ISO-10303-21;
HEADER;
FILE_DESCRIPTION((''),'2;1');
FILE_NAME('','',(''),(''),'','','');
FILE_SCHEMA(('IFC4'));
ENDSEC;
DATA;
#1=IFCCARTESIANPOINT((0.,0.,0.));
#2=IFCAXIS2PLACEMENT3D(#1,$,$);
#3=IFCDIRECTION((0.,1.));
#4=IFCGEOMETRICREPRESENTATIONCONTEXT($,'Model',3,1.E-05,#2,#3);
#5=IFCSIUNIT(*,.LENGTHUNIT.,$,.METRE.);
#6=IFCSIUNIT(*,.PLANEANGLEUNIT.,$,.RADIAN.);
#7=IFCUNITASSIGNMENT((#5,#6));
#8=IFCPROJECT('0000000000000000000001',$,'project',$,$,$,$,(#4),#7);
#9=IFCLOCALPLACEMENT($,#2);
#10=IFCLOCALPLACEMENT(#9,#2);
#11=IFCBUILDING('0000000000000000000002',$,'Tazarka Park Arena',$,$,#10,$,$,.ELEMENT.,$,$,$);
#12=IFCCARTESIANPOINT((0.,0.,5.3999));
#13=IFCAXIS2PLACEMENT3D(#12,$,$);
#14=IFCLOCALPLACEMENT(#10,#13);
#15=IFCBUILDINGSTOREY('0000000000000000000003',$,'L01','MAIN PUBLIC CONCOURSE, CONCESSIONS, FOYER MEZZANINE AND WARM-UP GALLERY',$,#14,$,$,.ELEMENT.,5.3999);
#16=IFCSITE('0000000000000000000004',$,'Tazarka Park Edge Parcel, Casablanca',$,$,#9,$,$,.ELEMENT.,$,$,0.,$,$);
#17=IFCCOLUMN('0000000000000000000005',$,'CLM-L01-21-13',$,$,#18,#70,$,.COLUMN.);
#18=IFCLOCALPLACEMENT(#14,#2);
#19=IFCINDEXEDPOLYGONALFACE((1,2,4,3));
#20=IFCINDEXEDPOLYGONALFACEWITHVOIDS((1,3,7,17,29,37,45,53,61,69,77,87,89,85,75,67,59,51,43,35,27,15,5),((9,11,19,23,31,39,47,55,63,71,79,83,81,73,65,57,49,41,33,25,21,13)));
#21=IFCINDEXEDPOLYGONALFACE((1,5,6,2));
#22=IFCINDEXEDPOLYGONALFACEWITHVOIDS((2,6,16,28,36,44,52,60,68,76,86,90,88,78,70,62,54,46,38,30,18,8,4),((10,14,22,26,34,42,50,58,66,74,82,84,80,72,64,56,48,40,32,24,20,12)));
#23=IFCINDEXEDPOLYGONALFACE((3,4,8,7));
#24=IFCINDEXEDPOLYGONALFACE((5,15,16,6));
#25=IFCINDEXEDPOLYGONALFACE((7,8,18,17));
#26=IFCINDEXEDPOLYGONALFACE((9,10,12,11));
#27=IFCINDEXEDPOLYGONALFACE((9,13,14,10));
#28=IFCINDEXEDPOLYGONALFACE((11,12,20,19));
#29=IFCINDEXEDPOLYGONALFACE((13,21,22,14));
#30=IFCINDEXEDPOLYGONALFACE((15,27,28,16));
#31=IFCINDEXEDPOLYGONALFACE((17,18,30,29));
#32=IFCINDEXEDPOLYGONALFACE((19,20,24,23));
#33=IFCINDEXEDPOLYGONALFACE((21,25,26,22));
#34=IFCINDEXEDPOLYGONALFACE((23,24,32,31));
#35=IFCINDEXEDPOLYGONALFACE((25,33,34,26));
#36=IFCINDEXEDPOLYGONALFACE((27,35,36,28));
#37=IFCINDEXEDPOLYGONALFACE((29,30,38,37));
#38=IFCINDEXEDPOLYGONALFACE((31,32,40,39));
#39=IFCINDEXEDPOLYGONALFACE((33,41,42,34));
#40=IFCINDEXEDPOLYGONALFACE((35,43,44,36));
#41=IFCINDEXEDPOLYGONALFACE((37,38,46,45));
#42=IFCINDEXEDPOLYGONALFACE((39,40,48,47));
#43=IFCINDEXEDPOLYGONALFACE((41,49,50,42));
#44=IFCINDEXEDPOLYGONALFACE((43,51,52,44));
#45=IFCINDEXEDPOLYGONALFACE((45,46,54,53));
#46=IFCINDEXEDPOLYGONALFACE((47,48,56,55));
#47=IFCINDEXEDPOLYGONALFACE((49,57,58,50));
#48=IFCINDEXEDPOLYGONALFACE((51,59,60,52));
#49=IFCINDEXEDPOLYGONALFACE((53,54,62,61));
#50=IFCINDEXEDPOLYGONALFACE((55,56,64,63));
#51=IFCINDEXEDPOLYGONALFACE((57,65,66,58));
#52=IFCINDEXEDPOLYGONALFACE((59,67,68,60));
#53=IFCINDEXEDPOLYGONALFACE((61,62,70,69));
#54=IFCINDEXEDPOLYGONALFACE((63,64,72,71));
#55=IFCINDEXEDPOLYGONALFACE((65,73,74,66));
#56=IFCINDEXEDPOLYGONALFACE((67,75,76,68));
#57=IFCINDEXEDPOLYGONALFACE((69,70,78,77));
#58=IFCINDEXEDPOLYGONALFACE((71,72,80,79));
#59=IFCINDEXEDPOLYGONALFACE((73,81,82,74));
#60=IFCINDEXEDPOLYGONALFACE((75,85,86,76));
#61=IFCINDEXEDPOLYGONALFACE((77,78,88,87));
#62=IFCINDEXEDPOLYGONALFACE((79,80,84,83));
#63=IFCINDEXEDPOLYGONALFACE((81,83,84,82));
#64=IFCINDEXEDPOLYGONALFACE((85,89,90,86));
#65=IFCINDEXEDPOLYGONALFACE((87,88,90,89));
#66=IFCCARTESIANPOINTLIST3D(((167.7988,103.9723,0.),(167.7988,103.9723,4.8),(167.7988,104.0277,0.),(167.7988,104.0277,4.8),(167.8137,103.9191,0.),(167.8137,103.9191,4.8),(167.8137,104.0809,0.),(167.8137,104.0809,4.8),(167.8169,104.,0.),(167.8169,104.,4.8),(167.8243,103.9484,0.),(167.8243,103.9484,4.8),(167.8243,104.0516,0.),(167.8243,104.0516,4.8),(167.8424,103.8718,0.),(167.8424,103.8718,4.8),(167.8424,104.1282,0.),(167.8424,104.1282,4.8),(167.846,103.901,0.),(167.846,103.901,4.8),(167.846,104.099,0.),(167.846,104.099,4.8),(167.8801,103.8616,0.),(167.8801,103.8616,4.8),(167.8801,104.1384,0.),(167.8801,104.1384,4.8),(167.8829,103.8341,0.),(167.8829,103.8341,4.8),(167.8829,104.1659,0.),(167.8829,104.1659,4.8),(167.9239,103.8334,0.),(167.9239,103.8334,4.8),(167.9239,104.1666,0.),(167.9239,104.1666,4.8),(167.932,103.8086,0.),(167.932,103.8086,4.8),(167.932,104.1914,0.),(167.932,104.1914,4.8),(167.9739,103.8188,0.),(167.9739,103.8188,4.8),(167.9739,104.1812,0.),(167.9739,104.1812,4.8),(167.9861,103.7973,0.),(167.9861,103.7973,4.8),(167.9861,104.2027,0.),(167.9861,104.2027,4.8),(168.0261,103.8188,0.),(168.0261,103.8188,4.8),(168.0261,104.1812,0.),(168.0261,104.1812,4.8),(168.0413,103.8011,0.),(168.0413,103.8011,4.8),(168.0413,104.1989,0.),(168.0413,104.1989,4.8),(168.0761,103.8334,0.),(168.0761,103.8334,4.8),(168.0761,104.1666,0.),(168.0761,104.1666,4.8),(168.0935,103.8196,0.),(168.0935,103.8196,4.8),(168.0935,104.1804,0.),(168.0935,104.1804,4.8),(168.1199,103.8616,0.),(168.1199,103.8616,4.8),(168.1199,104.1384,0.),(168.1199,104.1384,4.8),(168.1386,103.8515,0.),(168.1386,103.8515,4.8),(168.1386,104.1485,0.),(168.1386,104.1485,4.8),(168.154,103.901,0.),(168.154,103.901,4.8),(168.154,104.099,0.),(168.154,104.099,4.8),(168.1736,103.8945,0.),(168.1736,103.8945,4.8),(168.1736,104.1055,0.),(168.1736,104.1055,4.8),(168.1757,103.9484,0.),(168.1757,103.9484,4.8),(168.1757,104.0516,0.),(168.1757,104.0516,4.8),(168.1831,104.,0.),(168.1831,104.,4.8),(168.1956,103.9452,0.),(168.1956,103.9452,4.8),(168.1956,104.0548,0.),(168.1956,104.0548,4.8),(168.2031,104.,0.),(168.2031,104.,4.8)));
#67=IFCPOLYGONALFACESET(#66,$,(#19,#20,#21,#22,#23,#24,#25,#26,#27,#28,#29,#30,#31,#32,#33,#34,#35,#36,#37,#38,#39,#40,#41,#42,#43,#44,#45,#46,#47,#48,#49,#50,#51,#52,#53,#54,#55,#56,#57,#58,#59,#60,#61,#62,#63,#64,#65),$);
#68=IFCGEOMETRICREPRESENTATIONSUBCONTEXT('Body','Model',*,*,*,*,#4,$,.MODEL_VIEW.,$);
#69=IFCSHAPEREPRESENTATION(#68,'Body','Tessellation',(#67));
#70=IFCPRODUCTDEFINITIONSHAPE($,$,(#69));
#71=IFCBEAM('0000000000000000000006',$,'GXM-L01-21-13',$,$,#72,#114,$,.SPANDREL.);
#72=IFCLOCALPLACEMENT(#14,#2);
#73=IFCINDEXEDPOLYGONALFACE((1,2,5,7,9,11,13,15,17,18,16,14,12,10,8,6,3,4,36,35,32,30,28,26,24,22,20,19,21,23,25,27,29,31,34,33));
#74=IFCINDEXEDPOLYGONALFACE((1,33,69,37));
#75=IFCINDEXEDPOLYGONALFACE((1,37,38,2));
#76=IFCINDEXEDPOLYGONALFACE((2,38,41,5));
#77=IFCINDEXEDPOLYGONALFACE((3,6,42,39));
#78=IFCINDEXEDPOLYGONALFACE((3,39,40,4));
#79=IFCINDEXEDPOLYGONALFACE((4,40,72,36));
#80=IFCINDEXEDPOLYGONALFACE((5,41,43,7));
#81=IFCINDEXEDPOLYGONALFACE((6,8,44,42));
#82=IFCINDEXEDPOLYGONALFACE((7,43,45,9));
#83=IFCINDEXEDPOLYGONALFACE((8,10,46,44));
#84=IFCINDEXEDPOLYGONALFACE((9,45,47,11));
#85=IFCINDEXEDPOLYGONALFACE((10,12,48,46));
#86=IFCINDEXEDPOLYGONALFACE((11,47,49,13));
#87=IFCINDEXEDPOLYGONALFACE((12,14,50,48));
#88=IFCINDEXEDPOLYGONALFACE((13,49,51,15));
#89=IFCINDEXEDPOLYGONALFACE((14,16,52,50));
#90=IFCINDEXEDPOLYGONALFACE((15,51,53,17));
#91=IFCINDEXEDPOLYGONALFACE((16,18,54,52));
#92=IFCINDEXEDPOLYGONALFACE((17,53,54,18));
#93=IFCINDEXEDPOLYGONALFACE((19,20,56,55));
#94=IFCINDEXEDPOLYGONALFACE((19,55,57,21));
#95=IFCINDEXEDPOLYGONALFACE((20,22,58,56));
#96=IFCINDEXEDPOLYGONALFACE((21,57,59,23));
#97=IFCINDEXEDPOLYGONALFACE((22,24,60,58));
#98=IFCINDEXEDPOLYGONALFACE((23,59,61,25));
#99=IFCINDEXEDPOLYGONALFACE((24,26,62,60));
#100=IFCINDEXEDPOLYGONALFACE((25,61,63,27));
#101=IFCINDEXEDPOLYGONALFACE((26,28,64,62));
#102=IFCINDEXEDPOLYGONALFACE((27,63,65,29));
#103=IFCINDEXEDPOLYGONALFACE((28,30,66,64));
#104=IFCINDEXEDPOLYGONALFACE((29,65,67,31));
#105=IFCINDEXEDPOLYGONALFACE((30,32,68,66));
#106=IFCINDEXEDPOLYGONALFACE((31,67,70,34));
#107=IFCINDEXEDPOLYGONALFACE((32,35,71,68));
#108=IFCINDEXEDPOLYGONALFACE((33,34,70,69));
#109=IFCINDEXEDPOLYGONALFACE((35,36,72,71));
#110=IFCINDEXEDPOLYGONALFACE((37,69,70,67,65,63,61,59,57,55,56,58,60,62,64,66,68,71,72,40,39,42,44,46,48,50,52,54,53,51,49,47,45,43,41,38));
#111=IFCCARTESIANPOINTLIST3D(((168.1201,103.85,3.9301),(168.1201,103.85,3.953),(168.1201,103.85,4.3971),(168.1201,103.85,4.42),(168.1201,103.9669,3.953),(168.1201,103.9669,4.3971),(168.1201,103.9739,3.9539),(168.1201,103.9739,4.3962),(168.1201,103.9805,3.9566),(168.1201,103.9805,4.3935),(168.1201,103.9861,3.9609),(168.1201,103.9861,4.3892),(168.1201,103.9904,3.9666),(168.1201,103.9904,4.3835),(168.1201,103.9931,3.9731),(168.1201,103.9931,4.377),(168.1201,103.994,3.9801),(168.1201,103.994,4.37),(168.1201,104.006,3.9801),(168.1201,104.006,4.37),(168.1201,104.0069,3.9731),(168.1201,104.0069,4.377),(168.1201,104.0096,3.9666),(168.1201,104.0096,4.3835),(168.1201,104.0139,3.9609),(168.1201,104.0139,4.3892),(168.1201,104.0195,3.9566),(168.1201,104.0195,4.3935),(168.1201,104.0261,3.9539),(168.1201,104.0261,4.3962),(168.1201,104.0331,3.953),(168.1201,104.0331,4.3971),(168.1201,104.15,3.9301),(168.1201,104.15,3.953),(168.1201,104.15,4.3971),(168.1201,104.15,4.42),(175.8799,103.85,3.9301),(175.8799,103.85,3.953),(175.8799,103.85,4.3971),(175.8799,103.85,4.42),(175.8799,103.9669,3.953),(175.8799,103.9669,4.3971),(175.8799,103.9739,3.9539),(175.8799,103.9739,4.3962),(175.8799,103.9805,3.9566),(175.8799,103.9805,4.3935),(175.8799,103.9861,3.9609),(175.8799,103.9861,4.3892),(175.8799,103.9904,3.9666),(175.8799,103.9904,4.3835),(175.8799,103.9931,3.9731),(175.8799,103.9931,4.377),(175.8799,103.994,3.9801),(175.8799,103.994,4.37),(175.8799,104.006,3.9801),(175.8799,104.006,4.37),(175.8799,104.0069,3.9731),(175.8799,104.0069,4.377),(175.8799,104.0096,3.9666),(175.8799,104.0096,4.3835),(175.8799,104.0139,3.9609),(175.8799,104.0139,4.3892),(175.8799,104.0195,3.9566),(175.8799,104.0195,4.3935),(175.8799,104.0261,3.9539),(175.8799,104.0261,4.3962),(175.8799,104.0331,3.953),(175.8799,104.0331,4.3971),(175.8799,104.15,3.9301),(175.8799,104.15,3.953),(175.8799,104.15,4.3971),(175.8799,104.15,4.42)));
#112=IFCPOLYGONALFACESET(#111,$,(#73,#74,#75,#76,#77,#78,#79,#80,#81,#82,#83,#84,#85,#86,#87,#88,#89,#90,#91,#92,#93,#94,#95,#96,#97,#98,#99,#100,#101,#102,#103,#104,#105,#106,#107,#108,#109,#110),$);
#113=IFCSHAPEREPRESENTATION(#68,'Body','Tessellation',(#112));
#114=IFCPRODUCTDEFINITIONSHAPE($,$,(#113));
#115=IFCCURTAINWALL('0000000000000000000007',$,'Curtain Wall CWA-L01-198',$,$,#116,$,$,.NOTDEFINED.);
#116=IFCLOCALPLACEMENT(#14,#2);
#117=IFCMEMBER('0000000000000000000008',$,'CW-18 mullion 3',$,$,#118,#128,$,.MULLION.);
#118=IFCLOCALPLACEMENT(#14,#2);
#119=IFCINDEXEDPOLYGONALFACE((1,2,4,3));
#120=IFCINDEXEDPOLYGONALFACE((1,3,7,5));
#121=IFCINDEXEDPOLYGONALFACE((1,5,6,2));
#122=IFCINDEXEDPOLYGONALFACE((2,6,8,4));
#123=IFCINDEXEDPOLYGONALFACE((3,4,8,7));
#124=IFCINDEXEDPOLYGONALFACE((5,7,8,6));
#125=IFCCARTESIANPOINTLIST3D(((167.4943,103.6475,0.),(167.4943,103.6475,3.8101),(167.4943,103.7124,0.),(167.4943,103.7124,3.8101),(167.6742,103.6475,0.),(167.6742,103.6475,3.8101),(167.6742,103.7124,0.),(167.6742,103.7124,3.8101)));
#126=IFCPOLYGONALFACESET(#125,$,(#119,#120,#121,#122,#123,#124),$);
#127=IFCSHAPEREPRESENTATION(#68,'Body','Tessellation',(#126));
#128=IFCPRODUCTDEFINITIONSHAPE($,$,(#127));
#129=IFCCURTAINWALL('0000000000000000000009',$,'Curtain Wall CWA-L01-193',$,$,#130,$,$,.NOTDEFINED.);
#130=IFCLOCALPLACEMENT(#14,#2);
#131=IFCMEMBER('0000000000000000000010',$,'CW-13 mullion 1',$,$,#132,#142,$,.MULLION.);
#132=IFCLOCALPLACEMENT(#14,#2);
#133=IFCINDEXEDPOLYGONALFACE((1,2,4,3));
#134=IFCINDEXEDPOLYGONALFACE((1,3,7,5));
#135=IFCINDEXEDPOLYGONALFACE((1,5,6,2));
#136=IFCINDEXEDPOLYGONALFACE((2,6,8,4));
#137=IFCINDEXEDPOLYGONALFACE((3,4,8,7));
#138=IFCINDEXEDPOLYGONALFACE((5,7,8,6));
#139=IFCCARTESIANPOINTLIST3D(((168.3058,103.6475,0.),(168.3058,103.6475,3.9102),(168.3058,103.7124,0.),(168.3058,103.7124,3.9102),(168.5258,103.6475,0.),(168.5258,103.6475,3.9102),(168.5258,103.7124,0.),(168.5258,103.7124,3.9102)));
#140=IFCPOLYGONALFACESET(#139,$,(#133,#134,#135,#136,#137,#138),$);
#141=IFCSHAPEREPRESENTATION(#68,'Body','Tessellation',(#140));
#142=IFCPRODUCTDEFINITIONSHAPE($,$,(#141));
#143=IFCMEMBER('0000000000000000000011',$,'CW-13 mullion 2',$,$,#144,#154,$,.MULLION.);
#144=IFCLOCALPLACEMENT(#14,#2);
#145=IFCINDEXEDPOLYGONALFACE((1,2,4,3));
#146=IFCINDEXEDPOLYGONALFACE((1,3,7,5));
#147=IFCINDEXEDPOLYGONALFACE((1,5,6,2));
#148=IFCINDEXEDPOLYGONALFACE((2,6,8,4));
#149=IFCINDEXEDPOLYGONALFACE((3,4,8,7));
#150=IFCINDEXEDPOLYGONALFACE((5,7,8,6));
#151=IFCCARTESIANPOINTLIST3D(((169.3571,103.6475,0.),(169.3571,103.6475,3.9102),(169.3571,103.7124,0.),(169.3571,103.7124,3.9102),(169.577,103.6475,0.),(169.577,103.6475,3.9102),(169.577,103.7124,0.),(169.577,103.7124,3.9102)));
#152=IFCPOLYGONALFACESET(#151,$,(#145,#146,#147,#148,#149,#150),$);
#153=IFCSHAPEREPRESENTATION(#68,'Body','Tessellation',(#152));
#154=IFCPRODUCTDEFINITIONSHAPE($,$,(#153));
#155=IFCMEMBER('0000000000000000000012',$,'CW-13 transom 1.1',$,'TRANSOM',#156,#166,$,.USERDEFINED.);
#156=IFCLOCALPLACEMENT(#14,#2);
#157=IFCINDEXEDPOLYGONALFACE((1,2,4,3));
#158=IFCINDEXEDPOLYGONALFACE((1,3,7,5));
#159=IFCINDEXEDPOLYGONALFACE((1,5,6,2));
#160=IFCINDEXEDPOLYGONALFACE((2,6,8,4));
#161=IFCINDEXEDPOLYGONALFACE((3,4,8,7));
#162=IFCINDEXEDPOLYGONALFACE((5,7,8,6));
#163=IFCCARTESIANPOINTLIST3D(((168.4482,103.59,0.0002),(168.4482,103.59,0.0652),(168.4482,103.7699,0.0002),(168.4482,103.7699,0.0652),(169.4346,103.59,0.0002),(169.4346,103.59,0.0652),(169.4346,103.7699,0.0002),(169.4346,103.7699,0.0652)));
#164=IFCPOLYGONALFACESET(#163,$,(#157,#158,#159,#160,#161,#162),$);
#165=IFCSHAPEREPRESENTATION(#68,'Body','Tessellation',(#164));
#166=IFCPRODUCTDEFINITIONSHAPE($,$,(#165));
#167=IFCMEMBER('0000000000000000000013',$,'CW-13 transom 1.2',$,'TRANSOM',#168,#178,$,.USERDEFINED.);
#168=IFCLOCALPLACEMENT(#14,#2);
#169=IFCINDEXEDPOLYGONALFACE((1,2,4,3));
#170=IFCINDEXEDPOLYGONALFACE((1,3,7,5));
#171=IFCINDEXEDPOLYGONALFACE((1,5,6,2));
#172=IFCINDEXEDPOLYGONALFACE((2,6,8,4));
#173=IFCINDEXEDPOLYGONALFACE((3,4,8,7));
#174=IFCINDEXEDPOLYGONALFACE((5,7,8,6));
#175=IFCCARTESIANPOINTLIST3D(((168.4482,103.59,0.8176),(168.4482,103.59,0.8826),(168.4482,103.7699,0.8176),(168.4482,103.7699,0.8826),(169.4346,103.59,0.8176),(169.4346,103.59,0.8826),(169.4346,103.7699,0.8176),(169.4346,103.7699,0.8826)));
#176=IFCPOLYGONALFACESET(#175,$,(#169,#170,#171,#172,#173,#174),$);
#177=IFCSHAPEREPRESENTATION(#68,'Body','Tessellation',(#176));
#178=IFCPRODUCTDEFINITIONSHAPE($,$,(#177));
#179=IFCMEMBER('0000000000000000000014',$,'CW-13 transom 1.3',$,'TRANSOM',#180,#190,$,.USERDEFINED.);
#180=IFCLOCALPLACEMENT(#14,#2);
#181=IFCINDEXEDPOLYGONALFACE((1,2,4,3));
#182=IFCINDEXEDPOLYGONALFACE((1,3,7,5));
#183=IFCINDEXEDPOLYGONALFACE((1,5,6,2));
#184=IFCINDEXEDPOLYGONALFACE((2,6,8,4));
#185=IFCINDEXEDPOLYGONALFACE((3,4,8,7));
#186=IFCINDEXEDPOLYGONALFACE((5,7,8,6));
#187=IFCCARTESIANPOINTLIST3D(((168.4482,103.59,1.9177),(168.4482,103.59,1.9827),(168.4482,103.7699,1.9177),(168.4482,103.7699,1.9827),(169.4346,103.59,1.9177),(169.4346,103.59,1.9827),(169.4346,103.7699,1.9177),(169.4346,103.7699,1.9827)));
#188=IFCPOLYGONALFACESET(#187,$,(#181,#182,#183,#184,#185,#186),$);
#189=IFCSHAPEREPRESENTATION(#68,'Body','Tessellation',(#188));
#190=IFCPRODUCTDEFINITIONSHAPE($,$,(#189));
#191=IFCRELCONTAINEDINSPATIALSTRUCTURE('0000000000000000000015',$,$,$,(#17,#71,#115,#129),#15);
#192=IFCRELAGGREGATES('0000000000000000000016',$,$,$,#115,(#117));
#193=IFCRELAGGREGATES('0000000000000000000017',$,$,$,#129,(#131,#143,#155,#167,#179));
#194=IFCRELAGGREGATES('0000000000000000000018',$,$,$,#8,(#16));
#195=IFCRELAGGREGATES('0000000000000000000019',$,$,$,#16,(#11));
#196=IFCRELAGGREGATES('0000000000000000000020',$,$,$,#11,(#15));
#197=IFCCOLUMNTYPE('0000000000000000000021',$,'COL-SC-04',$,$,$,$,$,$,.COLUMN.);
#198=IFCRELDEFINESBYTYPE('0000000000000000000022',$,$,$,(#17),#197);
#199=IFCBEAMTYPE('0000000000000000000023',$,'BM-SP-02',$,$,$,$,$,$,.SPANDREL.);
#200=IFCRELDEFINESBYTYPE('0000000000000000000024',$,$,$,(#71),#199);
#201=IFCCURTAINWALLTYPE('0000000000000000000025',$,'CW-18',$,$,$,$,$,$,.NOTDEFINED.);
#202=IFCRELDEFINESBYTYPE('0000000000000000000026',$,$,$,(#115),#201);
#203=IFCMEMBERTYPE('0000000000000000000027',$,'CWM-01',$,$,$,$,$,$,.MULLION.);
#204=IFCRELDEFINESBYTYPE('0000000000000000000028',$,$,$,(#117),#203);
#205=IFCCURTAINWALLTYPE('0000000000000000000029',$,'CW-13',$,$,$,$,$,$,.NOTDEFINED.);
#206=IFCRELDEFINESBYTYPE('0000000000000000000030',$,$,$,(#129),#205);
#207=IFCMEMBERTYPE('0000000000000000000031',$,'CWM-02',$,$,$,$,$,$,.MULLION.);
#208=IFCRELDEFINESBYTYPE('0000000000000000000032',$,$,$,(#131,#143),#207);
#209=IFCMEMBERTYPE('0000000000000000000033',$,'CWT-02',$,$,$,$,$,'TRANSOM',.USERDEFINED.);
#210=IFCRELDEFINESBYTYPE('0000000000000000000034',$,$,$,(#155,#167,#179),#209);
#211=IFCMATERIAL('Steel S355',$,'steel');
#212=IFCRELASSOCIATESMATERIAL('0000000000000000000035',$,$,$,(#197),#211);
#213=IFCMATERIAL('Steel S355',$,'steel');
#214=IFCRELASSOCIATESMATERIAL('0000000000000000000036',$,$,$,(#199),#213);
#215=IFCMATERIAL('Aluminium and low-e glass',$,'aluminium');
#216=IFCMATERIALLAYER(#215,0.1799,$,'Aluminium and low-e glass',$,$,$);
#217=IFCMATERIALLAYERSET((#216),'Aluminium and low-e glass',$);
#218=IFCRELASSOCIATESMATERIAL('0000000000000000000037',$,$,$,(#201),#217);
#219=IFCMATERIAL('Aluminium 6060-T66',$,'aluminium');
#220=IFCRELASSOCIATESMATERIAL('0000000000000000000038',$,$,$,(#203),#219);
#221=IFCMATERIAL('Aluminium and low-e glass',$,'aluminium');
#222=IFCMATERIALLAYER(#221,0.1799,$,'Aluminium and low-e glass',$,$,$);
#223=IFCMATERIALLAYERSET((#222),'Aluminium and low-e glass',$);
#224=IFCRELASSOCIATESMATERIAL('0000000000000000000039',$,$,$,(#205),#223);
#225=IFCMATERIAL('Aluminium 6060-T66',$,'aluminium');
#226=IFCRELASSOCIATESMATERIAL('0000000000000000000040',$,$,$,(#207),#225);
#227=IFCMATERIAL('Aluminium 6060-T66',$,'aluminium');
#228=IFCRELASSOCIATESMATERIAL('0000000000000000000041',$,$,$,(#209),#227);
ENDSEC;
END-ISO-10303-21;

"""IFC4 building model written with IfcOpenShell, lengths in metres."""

from ifc_helpers import new_model, si_unit, direction, frame, origin, origin_2d, place, context, subcontext, project, spatial, rectangle, hollow_circle, i_section, extrude, material, layer, layer_set, material_profile, profile_set, type_object, element, aggregate, save


model = new_model("IFC4")

# Units and contexts
model_context = context("Model", 3, precision=1e-05, world=origin(), true_north=direction((0.0, 1.0)))
body_context = subcontext(model_context, "Body", "Model", "MODEL_VIEW")
ifc_project = project(units=[si_unit("LENGTHUNIT", "METRE"), si_unit("PLANEANGLEUNIT", "RADIAN")], contexts=[model_context])

# Site, building, storey
site_placement = place(None, origin())
site = spatial("IfcSite", under=ifc_project, at=site_placement, Name="Tazarka Park Edge Parcel, Casablanca", CompositionType="ELEMENT", RefElevation=0.0)
building_placement = place(site_placement, origin())
building = spatial("IfcBuilding", under=site, at=building_placement, Name="Tazarka Park Arena", CompositionType="ELEMENT")
storey_placement = place(building_placement, frame((0.0, 0.0, 5.3999)))
storey = spatial("IfcBuildingStorey", under=building, at=storey_placement, Name="L01", Description="MAIN PUBLIC CONCOURSE, CONCESSIONS, FOYER MEZZANINE AND WARM-UP GALLERY", CompositionType="ELEMENT", Elevation=5.3999)

# Column
ifc_material_1 = material(Name="Steel S355", Category="steel")
ifc_material_profile_1 = material_profile(ifc_material_1, hollow_circle(Radius=0.2031, WallThickness=0.02, at=origin_2d()), Name="Steel S355")
ifc_profile_set_1 = profile_set([ifc_material_profile_1], Name="Steel S355")
column_type = type_object("IfcColumnType", Name="COL-SC-04", PredefinedType="COLUMN", material=ifc_profile_set_1)
column_placement = place(storey_placement, frame((168.0, 104.0, 0.0), z_axis=(0.0, 0.0, 1.0), x_axis=(1.0, 0.0, 0.0)))
element("IfcColumn", 1, at=column_placement, inside=storey, type_object=column_type, Name="CLM-L01-21-13", PredefinedType="COLUMN", context=body_context, shape_type="SweptSolid", body=[
    extrude(hollow_circle(Radius=0.2031, WallThickness=0.02, at=origin_2d()), origin(), (0.0, 0.0, 1.0), 4.8),
])

# Beam
ifc_material_2 = material(Name="Steel S355", Category="steel")
ifc_material_profile_2 = material_profile(ifc_material_2, i_section(OverallWidth=0.3, OverallDepth=0.49, WebThickness=0.012, FlangeThickness=0.0229, FilletRadius=0.0271, at=origin_2d()), Name="Steel S355")
ifc_profile_set_2 = profile_set([ifc_material_profile_2], Name="Steel S355")
beam_type = type_object("IfcBeamType", Name="BM-SP-02", PredefinedType="SPANDREL", material=ifc_profile_set_2)
beam_placement = place(storey_placement, frame((168.1201, 104.0, 4.175), z_axis=(1.0, 0.0, 0.0), x_axis=(0.0, 1.0, 0.0)))
element("IfcBeam", 2, at=beam_placement, inside=storey, type_object=beam_type, Name="GXM-L01-21-13", PredefinedType="SPANDREL", context=body_context, shape_type="SweptSolid", body=[
    extrude(i_section(OverallWidth=0.3, OverallDepth=0.49, WebThickness=0.012, FlangeThickness=0.0229, FilletRadius=0.0271, at=origin_2d()), origin(), (0.0, 0.0, 1.0), 7.7598),
])

# Curtain wall, member
ifc_material_3 = material(Name="Aluminium and low-e glass", Category="aluminium")
ifc_layer_1 = layer(ifc_material_3, 0.1799, Name="Aluminium and low-e glass")
ifc_layer_set_1 = layer_set([ifc_layer_1], Name="Aluminium and low-e glass")
curtain_wall_type_1 = type_object("IfcCurtainWallType", Name="CW-18", PredefinedType="NOTDEFINED", material=ifc_layer_set_1)
curtain_wall_1_placement = place(storey_placement, origin())
curtain_wall_1 = element("IfcCurtainWall", 3, at=curtain_wall_1_placement, inside=storey, type_object=curtain_wall_type_1, Name="Curtain Wall CWA-L01-198", PredefinedType="NOTDEFINED")
ifc_material_4 = material(Name="Aluminium 6060-T66", Category="aluminium")
ifc_material_profile_3 = material_profile(ifc_material_4, rectangle(XDim=0.0649, YDim=0.1799, at=origin_2d()), Name="Aluminium 6060-T66")
ifc_profile_set_3 = profile_set([ifc_material_profile_3], Name="Aluminium 6060-T66")
member_type_1 = type_object("IfcMemberType", Name="CWM-01", PredefinedType="MULLION", material=ifc_profile_set_3)
member_1_placement = place(storey_placement, frame((167.5842, 103.6799, 0.0), z_axis=(0.0, 0.0, 1.0), x_axis=(0.0, 1.0, 0.0)))
member_1 = element("IfcMember", 4, at=member_1_placement, type_object=member_type_1, Name="CW-18 mullion 3", PredefinedType="MULLION", context=body_context, shape_type="SweptSolid", body=[
    extrude(rectangle(XDim=0.0649, YDim=0.1799, at=origin_2d()), origin(), (0.0, 0.0, 1.0), 3.8101),
])

# Curtain wall, members
ifc_material_5 = material(Name="Aluminium and low-e glass", Category="aluminium")
ifc_layer_2 = layer(ifc_material_5, 0.1799, Name="Aluminium and low-e glass")
ifc_layer_set_2 = layer_set([ifc_layer_2], Name="Aluminium and low-e glass")
curtain_wall_type_2 = type_object("IfcCurtainWallType", Name="CW-13", PredefinedType="NOTDEFINED", material=ifc_layer_set_2)
curtain_wall_2_placement = place(storey_placement, origin())
curtain_wall_2 = element("IfcCurtainWall", 5, at=curtain_wall_2_placement, inside=storey, type_object=curtain_wall_type_2, Name="Curtain Wall CWA-L01-193", PredefinedType="NOTDEFINED")
ifc_material_6 = material(Name="Aluminium 6060-T66", Category="aluminium")
ifc_material_profile_4 = material_profile(ifc_material_6, rectangle(XDim=0.0649, YDim=0.22, at=origin_2d()), Name="Aluminium 6060-T66")
ifc_profile_set_4 = profile_set([ifc_material_profile_4], Name="Aluminium 6060-T66")
member_type_2 = type_object("IfcMemberType", Name="CWM-02", PredefinedType="MULLION", material=ifc_profile_set_4)
member_2_placement = place(storey_placement, frame((168.4158, 103.6799, 0.0), z_axis=(0.0, 0.0, 1.0), x_axis=(0.0, 1.0, 0.0)))
member_2 = element("IfcMember", 6, at=member_2_placement, type_object=member_type_2, Name="CW-13 mullion 1", PredefinedType="MULLION", context=body_context, shape_type="SweptSolid", body=[
    extrude(rectangle(XDim=0.0649, YDim=0.22, at=origin_2d()), origin(), (0.0, 0.0, 1.0), 3.9102),
])
member_3_placement = place(storey_placement, frame((169.467, 103.6799, 0.0), z_axis=(0.0, 0.0, 1.0), x_axis=(0.0, 1.0, 0.0)))
member_3 = element("IfcMember", 7, at=member_3_placement, type_object=member_type_2, Name="CW-13 mullion 2", PredefinedType="MULLION", context=body_context, shape_type="SweptSolid", body=[
    extrude(rectangle(XDim=0.0649, YDim=0.22, at=origin_2d()), origin(), (0.0, 0.0, 1.0), 3.9102),
])
ifc_material_7 = material(Name="Aluminium 6060-T66", Category="aluminium")
ifc_material_profile_5 = material_profile(ifc_material_7, rectangle(XDim=0.1799, YDim=0.0649, at=origin_2d()), Name="Aluminium 6060-T66")
ifc_profile_set_5 = profile_set([ifc_material_profile_5], Name="Aluminium 6060-T66")
member_type_3 = type_object("IfcMemberType", Name="CWT-02", ElementType="TRANSOM", PredefinedType="USERDEFINED", material=ifc_profile_set_5)
member_4_placement = place(storey_placement, frame((168.4482, 103.6799, 0.0327), z_axis=(1.0, 0.0, 0.0), x_axis=(0.0, 1.0, 0.0)))
member_4 = element("IfcMember", 8, at=member_4_placement, type_object=member_type_3, Name="CW-13 transom 1.1", ObjectType="TRANSOM", PredefinedType="USERDEFINED", context=body_context, shape_type="SweptSolid", body=[
    extrude(rectangle(XDim=0.1799, YDim=0.0649, at=origin_2d()), origin(), (0.0, 0.0, 1.0), 0.9863),
])
member_5_placement = place(storey_placement, frame((168.4482, 103.6799, 0.8501), z_axis=(1.0, 0.0, 0.0), x_axis=(0.0, 1.0, 0.0)))
member_5 = element("IfcMember", 9, at=member_5_placement, type_object=member_type_3, Name="CW-13 transom 1.2", ObjectType="TRANSOM", PredefinedType="USERDEFINED", context=body_context, shape_type="SweptSolid", body=[
    extrude(rectangle(XDim=0.1799, YDim=0.0649, at=origin_2d()), origin(), (0.0, 0.0, 1.0), 0.9863),
])
member_6_placement = place(storey_placement, frame((168.4482, 103.6799, 1.9502), z_axis=(1.0, 0.0, 0.0), x_axis=(0.0, 1.0, 0.0)))
member_6 = element("IfcMember", 10, at=member_6_placement, type_object=member_type_3, Name="CW-13 transom 1.3", ObjectType="TRANSOM", PredefinedType="USERDEFINED", context=body_context, shape_type="SweptSolid", body=[
    extrude(rectangle(XDim=0.1799, YDim=0.0649, at=origin_2d()), origin(), (0.0, 0.0, 1.0), 0.9863),
])

aggregate(curtain_wall_1, [member_1])
aggregate(curtain_wall_2, [member_2, member_3, member_4, member_5, member_6])

save(model, "model.ifc")
